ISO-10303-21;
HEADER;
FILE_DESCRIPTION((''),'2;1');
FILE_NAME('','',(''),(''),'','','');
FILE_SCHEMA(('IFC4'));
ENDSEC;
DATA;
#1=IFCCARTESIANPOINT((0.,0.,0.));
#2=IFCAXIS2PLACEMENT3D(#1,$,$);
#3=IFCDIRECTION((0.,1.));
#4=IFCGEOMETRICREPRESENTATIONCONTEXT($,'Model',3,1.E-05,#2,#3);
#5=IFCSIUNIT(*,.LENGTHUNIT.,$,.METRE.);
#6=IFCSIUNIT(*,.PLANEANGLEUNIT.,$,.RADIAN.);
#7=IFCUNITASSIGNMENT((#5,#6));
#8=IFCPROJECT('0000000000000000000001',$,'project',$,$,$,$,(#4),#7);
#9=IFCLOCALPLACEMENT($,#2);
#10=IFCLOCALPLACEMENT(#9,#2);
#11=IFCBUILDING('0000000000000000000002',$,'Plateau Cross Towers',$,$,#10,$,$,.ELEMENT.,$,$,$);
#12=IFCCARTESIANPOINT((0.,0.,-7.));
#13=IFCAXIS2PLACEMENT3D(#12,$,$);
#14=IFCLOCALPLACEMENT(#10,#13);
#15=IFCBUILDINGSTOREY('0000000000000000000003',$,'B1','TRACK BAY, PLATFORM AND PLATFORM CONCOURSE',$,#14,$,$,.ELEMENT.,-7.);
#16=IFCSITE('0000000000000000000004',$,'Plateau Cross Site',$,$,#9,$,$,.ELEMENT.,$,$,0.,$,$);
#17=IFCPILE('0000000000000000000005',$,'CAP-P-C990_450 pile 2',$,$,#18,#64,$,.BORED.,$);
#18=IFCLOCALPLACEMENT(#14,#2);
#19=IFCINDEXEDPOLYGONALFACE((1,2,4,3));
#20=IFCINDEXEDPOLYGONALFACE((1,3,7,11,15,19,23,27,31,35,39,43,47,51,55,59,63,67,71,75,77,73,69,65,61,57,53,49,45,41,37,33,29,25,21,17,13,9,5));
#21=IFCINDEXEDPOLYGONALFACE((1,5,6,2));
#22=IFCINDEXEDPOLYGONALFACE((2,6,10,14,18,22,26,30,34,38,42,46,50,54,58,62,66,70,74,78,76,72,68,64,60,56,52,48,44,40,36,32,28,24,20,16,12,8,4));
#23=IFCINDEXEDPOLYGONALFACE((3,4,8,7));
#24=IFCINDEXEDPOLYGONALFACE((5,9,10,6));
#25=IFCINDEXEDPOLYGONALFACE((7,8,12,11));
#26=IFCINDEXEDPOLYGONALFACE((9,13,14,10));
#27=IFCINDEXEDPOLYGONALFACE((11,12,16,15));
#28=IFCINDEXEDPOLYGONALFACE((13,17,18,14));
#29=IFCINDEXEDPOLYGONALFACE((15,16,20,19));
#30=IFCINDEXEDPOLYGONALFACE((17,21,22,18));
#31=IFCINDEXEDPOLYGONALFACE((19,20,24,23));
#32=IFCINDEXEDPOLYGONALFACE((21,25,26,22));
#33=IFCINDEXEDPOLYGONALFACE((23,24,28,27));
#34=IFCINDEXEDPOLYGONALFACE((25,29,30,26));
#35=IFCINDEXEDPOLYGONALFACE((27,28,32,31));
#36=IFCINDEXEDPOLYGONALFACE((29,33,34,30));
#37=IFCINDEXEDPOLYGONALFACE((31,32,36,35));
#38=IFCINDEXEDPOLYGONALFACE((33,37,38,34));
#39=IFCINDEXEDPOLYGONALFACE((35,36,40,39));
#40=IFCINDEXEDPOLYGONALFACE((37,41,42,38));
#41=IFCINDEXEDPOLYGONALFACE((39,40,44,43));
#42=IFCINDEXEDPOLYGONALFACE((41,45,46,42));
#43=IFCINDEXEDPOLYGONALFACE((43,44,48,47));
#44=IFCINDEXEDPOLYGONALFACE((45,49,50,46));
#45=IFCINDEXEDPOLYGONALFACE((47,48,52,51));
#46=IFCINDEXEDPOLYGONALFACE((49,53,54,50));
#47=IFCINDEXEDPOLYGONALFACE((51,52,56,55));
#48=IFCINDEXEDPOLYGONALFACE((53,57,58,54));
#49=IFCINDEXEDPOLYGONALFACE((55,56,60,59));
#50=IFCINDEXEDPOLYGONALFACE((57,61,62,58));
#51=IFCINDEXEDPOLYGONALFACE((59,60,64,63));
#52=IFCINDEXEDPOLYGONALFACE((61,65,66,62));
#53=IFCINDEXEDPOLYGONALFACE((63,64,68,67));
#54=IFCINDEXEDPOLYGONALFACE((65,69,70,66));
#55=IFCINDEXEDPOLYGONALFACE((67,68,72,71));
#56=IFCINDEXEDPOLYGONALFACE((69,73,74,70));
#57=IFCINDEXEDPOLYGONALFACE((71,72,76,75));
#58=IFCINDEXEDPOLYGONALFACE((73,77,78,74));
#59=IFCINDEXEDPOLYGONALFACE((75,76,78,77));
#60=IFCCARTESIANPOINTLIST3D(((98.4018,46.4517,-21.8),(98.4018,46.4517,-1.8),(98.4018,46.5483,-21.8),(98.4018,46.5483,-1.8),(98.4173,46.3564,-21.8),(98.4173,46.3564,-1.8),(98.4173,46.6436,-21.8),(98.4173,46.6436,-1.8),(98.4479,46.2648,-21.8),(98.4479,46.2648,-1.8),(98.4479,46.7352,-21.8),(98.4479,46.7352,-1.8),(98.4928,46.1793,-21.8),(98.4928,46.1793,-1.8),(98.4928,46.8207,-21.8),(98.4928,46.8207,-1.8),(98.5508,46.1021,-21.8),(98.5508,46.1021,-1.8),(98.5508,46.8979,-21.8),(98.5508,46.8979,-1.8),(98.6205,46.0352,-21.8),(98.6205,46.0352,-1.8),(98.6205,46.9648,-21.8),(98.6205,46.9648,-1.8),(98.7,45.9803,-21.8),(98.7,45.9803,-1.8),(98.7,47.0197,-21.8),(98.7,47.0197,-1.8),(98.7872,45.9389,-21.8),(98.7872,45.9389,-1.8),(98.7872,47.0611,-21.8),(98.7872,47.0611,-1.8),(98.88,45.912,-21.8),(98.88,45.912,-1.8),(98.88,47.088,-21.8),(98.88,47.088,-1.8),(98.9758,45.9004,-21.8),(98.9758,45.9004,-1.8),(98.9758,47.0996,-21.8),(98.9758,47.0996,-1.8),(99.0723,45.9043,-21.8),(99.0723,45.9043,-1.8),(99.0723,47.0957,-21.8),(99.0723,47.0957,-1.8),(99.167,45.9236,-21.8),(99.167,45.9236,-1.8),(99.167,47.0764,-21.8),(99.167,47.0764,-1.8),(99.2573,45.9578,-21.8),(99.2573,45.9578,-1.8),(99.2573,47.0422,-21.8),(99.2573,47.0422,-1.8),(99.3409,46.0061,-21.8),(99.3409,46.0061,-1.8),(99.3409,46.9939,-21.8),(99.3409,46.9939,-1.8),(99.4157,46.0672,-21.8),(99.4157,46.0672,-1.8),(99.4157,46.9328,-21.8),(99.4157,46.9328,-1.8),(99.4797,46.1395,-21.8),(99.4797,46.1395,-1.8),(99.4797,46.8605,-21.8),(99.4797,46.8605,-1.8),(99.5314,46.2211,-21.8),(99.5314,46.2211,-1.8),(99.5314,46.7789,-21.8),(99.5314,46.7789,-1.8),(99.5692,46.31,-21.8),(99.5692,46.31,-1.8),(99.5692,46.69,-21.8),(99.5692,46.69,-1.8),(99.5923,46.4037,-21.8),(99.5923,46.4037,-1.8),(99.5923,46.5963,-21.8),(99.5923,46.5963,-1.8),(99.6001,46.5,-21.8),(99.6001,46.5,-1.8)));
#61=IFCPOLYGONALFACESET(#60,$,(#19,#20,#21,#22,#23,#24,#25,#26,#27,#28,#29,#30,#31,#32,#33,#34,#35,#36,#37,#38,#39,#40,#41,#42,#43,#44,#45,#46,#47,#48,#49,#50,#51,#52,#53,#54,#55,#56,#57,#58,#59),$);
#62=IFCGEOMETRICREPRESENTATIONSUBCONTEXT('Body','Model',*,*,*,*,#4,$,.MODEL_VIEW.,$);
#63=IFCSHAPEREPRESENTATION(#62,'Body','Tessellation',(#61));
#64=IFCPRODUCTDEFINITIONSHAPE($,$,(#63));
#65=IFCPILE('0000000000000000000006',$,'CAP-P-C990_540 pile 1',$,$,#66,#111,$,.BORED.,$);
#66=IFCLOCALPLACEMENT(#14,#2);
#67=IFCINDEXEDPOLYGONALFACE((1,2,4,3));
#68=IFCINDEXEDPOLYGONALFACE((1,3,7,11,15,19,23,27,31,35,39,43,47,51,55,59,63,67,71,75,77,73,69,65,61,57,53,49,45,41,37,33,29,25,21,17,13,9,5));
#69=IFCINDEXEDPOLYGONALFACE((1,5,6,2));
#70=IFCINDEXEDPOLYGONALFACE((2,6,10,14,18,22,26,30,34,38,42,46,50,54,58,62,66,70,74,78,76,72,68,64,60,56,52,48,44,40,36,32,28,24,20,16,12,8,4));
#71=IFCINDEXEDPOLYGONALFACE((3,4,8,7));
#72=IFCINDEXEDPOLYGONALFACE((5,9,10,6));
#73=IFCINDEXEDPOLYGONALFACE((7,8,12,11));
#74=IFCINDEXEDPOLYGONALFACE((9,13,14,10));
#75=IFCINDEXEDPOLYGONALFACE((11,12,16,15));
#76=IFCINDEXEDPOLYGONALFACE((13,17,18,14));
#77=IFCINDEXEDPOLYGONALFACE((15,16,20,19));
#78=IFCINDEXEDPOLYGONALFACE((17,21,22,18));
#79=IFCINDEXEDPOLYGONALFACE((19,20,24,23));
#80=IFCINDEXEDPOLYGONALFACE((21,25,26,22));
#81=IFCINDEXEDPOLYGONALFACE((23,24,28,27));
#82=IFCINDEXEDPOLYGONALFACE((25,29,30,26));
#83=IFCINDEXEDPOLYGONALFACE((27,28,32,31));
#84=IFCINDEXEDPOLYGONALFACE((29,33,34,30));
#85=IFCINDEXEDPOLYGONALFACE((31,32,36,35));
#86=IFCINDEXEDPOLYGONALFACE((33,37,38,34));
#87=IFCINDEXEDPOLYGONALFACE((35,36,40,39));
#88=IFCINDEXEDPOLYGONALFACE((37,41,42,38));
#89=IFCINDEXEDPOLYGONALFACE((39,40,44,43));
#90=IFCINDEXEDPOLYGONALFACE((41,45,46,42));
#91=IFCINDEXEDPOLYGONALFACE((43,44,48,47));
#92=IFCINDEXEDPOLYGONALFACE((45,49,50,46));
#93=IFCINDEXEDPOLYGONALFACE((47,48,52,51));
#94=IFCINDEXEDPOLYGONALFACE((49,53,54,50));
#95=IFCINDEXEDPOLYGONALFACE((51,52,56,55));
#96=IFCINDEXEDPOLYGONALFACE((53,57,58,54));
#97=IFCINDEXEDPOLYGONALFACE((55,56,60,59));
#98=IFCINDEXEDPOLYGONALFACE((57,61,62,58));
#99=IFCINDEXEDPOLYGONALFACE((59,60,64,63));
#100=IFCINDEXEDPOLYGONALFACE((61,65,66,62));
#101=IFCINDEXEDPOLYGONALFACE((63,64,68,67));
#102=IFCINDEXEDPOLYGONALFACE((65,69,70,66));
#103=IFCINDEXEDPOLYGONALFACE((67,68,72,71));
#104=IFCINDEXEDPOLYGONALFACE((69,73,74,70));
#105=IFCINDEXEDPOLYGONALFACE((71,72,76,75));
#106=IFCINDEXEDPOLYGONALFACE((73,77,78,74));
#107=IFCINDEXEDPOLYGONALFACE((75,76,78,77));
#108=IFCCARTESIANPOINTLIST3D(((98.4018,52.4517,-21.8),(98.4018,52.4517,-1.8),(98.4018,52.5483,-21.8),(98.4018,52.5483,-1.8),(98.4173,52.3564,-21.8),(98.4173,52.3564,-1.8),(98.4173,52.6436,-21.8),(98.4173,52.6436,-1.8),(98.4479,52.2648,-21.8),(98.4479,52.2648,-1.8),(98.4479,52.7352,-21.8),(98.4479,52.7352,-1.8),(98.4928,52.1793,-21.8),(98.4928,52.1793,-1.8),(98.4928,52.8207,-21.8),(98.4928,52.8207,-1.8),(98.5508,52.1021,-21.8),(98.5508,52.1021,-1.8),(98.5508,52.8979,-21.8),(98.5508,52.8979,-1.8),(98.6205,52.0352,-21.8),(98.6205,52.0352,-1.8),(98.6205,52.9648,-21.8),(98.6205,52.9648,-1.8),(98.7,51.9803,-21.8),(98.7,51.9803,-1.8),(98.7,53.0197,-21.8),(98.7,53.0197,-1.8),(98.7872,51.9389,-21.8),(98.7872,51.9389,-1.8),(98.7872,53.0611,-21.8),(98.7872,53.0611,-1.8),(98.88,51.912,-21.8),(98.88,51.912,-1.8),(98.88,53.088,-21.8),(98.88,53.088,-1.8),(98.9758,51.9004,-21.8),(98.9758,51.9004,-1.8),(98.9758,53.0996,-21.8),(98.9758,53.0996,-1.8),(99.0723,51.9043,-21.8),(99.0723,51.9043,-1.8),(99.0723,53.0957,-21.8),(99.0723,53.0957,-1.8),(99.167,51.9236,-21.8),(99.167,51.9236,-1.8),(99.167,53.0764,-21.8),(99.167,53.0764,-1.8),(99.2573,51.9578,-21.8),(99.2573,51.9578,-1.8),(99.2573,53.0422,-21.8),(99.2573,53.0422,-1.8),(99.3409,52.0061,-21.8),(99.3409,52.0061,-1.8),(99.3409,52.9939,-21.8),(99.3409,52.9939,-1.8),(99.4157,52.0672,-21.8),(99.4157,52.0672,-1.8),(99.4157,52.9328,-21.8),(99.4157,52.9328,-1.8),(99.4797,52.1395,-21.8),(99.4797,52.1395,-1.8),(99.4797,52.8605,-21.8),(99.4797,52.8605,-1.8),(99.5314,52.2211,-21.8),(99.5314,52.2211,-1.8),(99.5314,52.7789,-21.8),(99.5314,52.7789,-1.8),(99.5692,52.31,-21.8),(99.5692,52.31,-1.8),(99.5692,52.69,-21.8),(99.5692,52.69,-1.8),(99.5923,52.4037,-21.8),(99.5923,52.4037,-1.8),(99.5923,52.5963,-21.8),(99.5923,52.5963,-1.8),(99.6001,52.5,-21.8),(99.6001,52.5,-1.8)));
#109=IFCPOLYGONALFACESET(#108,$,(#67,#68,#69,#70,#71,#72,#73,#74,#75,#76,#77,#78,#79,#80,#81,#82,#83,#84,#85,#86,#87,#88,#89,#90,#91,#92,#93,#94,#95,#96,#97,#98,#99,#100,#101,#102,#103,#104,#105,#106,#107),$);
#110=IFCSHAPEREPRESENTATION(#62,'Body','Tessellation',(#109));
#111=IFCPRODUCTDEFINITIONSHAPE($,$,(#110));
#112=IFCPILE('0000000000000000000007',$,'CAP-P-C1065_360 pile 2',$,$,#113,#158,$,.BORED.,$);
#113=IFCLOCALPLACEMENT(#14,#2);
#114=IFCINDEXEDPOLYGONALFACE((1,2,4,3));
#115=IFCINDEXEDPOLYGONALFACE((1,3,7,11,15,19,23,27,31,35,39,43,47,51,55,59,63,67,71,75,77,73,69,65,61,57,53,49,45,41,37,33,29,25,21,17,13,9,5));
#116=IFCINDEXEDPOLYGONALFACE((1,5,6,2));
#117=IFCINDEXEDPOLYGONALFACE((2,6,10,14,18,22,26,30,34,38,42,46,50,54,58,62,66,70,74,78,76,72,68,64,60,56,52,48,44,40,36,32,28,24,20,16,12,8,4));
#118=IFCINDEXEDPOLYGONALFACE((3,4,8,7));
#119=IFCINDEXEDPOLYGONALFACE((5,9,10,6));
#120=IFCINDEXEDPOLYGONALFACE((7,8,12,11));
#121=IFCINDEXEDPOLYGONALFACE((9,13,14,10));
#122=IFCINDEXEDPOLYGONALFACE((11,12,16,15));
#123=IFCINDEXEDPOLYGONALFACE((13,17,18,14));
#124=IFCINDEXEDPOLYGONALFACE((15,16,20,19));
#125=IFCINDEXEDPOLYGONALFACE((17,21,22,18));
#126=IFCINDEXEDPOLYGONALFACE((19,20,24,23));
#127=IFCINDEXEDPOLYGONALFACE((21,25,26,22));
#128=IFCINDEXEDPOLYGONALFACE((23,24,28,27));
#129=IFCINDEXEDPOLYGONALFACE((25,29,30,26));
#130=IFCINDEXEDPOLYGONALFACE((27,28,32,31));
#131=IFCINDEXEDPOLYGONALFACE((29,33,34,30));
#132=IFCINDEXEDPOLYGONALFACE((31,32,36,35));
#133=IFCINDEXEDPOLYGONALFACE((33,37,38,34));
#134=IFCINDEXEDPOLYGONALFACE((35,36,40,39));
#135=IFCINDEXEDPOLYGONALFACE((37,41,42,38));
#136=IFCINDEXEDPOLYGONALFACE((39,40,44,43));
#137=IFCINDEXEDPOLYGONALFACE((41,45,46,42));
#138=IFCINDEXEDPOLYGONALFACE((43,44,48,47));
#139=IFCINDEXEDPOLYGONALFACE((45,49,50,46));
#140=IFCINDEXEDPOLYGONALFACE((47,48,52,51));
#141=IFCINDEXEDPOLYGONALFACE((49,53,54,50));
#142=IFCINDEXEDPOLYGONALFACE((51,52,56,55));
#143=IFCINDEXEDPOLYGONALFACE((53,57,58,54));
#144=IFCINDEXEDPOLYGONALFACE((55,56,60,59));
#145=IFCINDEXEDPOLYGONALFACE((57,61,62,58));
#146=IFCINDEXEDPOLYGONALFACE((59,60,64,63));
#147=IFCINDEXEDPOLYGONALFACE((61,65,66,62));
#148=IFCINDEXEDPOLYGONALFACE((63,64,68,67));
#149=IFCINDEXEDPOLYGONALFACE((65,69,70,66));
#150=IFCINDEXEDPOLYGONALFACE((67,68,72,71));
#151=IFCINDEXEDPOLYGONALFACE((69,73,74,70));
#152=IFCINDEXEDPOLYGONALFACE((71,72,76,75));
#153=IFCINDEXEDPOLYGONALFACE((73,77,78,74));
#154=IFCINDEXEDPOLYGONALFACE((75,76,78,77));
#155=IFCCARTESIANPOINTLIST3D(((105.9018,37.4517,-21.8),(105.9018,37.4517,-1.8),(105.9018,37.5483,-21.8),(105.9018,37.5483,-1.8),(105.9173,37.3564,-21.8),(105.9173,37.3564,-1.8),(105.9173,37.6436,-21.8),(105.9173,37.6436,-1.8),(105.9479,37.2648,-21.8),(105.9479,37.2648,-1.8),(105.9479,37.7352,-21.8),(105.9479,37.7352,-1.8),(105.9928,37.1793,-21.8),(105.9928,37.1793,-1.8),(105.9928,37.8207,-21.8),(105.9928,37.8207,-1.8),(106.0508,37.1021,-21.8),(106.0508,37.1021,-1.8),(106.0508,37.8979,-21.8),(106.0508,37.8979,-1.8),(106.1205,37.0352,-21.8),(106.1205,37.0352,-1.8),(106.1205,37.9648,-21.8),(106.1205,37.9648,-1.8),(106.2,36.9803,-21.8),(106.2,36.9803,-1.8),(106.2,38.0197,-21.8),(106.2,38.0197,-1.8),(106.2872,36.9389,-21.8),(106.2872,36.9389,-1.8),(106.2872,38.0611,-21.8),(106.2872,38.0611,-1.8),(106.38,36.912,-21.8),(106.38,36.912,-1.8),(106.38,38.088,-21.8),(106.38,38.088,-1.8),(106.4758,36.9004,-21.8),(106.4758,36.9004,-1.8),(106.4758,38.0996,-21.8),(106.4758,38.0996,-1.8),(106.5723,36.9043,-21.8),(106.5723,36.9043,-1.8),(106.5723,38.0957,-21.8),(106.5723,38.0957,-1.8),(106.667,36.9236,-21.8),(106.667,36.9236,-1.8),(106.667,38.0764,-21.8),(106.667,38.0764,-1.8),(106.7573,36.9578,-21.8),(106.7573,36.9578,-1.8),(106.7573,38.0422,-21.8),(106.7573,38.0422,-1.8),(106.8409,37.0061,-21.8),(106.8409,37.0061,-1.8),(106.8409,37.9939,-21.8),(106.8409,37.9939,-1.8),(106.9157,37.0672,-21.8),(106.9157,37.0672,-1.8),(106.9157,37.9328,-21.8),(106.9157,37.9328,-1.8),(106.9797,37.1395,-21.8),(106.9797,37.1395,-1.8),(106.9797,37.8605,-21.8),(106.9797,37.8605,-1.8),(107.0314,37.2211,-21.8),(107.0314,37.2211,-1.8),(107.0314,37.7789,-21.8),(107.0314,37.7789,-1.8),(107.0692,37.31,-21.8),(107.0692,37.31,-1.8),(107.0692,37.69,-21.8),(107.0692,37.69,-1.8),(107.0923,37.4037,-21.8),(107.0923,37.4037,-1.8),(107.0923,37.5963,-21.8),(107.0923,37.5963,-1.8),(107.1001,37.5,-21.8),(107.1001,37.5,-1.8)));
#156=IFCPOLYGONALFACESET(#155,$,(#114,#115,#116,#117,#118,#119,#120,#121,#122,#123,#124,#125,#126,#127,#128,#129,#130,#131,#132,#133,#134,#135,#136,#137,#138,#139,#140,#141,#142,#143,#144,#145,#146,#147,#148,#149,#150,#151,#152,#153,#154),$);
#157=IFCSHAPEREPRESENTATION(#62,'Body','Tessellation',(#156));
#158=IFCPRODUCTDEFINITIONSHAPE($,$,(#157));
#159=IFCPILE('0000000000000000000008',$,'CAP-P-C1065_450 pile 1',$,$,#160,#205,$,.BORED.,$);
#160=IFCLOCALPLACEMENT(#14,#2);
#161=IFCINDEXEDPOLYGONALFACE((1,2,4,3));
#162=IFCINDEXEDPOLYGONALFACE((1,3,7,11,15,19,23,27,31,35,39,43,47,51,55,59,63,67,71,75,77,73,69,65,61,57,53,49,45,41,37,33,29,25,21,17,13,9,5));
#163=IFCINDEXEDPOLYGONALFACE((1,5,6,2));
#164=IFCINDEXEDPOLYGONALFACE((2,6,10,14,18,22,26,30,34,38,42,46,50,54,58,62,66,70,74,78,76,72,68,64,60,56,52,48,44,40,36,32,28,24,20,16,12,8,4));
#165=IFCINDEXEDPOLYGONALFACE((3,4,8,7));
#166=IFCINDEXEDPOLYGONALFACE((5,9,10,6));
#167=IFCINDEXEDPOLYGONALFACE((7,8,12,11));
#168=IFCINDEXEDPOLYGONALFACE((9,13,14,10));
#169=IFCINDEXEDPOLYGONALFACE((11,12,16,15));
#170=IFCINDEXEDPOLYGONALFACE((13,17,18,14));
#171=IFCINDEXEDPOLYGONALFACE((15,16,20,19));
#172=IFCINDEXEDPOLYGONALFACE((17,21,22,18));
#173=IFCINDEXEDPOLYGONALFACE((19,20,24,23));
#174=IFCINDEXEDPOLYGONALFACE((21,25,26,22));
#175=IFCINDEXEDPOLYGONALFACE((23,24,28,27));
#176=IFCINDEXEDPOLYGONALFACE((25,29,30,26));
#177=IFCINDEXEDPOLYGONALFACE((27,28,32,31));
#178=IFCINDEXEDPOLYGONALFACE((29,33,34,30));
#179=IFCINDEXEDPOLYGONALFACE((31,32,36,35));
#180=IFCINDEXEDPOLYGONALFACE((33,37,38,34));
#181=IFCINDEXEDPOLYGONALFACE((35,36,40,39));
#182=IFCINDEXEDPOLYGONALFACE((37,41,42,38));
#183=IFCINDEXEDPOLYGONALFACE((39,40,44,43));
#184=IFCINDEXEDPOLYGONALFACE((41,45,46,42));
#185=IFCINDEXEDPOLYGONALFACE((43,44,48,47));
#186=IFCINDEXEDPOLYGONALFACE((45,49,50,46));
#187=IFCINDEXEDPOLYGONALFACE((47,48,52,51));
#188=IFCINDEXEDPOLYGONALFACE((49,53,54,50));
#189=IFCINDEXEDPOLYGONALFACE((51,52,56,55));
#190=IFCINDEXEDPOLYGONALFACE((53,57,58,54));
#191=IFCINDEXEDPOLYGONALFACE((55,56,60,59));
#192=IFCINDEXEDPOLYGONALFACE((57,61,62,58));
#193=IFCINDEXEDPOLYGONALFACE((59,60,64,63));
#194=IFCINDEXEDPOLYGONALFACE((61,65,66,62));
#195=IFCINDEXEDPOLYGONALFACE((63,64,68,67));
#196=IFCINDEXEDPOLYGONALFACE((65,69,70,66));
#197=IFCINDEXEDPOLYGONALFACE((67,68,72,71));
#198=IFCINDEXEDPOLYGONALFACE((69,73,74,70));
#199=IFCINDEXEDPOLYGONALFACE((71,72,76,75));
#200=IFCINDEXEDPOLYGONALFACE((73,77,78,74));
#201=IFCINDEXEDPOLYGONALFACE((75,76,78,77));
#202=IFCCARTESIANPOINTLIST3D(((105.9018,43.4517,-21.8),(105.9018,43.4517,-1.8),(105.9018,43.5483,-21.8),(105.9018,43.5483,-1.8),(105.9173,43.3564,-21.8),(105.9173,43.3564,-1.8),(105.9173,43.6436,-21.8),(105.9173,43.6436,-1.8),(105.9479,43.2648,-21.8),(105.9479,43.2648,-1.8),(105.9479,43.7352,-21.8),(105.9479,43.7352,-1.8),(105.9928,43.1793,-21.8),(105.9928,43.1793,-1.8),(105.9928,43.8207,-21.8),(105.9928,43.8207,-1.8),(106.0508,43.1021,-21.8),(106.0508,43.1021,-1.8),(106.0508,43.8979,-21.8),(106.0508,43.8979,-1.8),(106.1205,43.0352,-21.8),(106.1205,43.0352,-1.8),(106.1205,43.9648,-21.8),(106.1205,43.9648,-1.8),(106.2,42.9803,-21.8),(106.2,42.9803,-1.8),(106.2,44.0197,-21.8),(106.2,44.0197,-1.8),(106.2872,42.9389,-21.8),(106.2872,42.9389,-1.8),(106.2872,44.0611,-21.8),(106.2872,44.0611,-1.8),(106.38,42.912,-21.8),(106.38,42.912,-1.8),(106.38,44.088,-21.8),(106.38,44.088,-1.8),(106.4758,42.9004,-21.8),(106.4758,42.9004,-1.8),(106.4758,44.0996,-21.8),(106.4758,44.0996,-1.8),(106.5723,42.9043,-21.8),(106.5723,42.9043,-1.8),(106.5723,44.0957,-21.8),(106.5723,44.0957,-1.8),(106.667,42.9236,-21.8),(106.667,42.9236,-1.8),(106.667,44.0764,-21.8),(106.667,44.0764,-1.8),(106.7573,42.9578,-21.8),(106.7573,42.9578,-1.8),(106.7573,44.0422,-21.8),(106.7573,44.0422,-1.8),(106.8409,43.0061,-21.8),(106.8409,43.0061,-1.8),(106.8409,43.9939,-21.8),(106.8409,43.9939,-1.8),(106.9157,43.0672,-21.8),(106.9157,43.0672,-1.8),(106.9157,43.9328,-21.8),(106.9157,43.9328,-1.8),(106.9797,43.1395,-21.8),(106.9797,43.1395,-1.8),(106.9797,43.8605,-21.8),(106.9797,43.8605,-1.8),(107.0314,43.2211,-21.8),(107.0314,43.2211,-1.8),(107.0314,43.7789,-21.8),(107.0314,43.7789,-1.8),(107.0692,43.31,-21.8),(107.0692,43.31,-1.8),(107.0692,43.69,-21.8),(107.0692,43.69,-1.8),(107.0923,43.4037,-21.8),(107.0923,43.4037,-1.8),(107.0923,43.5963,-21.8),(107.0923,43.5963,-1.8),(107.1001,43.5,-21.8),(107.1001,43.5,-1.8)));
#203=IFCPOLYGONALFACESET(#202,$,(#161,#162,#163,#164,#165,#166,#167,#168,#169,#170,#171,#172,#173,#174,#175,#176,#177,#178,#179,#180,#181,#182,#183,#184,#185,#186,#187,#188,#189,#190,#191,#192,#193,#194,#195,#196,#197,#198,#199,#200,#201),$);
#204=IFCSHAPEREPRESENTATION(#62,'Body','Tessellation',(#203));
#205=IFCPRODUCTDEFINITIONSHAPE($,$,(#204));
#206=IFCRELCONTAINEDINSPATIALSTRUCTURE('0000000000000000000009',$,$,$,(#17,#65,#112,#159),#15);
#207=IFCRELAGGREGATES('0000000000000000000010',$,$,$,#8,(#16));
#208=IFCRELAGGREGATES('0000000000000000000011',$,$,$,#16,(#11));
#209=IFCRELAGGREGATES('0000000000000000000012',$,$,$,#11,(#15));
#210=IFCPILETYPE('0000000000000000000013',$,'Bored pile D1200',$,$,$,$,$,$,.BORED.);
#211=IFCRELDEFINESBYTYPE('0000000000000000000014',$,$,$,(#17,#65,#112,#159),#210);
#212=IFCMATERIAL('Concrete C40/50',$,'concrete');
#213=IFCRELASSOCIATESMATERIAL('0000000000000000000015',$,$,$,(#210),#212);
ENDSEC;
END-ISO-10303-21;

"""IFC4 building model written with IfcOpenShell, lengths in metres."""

from ifc_helpers import new_model, si_unit, direction, frame, origin, origin_2d, place, context, subcontext, project, spatial, circle, extrude, material, material_profile, profile_set, type_object, element, save


model = new_model("IFC4")

# Units and contexts
model_context = context("Model", 3, precision=1e-05, world=origin(), true_north=direction((0.0, 1.0)))
body_context = subcontext(model_context, "Body", "Model", "MODEL_VIEW")
ifc_project = project(units=[si_unit("LENGTHUNIT", "METRE"), si_unit("PLANEANGLEUNIT", "RADIAN")], contexts=[model_context])

# Site, building, storey
site_placement = place(None, origin())
site = spatial("IfcSite", under=ifc_project, at=site_placement, Name="Plateau Cross Site", CompositionType="ELEMENT", RefElevation=0.0)
building_placement = place(site_placement, origin())
building = spatial("IfcBuilding", under=site, at=building_placement, Name="Plateau Cross Towers", CompositionType="ELEMENT")
storey_placement = place(building_placement, frame((0.0, 0.0, -7.0)))
storey = spatial("IfcBuildingStorey", under=building, at=storey_placement, Name="B1", Description="TRACK BAY, PLATFORM AND PLATFORM CONCOURSE", CompositionType="ELEMENT", Elevation=-7.0)

# Piles
ifc_material_1 = material(Name="Concrete C40/50", Category="concrete")
ifc_material_profile_1 = material_profile(ifc_material_1, circle(Radius=0.6001, at=origin_2d()), Name="Bored pile D1200")
ifc_profile_set_1 = profile_set([ifc_material_profile_1], Name="Concrete C40/50")
pile_type = type_object("IfcPileType", Name="Bored pile D1200", PredefinedType="BORED", material=ifc_profile_set_1)
for number, where, z_axis, x_axis, name in (
    (1, (99.0, 46.5, -1.8), (0.0, 0.0, -1.0), (1.0, 0.0, 0.0), "CAP-P-C990_450 pile 2"),
    (2, (99.0, 52.5, -1.8), (0.0, 0.0, -1.0), (1.0, 0.0, 0.0), "CAP-P-C990_540 pile 1"),
    (3, (106.5, 37.5, -1.8), (0.0, 0.0, -1.0), (1.0, 0.0, 0.0), "CAP-P-C1065_360 pile 2"),
    (4, (106.5, 43.5, -1.8), (0.0, 0.0, -1.0), (1.0, 0.0, 0.0), "CAP-P-C1065_450 pile 1"),
):
    element("IfcPile", number, at=place(storey_placement, frame(where, z_axis=z_axis, x_axis=x_axis)), inside=storey, type_object=pile_type, Name=name, PredefinedType="BORED", context=body_context, shape_type="SweptSolid", body=[
        extrude(circle(Radius=0.6001, at=origin_2d()), origin(), (0.0, 0.0, 1.0), 20.0),
    ])

save(model, "model.ifc")
